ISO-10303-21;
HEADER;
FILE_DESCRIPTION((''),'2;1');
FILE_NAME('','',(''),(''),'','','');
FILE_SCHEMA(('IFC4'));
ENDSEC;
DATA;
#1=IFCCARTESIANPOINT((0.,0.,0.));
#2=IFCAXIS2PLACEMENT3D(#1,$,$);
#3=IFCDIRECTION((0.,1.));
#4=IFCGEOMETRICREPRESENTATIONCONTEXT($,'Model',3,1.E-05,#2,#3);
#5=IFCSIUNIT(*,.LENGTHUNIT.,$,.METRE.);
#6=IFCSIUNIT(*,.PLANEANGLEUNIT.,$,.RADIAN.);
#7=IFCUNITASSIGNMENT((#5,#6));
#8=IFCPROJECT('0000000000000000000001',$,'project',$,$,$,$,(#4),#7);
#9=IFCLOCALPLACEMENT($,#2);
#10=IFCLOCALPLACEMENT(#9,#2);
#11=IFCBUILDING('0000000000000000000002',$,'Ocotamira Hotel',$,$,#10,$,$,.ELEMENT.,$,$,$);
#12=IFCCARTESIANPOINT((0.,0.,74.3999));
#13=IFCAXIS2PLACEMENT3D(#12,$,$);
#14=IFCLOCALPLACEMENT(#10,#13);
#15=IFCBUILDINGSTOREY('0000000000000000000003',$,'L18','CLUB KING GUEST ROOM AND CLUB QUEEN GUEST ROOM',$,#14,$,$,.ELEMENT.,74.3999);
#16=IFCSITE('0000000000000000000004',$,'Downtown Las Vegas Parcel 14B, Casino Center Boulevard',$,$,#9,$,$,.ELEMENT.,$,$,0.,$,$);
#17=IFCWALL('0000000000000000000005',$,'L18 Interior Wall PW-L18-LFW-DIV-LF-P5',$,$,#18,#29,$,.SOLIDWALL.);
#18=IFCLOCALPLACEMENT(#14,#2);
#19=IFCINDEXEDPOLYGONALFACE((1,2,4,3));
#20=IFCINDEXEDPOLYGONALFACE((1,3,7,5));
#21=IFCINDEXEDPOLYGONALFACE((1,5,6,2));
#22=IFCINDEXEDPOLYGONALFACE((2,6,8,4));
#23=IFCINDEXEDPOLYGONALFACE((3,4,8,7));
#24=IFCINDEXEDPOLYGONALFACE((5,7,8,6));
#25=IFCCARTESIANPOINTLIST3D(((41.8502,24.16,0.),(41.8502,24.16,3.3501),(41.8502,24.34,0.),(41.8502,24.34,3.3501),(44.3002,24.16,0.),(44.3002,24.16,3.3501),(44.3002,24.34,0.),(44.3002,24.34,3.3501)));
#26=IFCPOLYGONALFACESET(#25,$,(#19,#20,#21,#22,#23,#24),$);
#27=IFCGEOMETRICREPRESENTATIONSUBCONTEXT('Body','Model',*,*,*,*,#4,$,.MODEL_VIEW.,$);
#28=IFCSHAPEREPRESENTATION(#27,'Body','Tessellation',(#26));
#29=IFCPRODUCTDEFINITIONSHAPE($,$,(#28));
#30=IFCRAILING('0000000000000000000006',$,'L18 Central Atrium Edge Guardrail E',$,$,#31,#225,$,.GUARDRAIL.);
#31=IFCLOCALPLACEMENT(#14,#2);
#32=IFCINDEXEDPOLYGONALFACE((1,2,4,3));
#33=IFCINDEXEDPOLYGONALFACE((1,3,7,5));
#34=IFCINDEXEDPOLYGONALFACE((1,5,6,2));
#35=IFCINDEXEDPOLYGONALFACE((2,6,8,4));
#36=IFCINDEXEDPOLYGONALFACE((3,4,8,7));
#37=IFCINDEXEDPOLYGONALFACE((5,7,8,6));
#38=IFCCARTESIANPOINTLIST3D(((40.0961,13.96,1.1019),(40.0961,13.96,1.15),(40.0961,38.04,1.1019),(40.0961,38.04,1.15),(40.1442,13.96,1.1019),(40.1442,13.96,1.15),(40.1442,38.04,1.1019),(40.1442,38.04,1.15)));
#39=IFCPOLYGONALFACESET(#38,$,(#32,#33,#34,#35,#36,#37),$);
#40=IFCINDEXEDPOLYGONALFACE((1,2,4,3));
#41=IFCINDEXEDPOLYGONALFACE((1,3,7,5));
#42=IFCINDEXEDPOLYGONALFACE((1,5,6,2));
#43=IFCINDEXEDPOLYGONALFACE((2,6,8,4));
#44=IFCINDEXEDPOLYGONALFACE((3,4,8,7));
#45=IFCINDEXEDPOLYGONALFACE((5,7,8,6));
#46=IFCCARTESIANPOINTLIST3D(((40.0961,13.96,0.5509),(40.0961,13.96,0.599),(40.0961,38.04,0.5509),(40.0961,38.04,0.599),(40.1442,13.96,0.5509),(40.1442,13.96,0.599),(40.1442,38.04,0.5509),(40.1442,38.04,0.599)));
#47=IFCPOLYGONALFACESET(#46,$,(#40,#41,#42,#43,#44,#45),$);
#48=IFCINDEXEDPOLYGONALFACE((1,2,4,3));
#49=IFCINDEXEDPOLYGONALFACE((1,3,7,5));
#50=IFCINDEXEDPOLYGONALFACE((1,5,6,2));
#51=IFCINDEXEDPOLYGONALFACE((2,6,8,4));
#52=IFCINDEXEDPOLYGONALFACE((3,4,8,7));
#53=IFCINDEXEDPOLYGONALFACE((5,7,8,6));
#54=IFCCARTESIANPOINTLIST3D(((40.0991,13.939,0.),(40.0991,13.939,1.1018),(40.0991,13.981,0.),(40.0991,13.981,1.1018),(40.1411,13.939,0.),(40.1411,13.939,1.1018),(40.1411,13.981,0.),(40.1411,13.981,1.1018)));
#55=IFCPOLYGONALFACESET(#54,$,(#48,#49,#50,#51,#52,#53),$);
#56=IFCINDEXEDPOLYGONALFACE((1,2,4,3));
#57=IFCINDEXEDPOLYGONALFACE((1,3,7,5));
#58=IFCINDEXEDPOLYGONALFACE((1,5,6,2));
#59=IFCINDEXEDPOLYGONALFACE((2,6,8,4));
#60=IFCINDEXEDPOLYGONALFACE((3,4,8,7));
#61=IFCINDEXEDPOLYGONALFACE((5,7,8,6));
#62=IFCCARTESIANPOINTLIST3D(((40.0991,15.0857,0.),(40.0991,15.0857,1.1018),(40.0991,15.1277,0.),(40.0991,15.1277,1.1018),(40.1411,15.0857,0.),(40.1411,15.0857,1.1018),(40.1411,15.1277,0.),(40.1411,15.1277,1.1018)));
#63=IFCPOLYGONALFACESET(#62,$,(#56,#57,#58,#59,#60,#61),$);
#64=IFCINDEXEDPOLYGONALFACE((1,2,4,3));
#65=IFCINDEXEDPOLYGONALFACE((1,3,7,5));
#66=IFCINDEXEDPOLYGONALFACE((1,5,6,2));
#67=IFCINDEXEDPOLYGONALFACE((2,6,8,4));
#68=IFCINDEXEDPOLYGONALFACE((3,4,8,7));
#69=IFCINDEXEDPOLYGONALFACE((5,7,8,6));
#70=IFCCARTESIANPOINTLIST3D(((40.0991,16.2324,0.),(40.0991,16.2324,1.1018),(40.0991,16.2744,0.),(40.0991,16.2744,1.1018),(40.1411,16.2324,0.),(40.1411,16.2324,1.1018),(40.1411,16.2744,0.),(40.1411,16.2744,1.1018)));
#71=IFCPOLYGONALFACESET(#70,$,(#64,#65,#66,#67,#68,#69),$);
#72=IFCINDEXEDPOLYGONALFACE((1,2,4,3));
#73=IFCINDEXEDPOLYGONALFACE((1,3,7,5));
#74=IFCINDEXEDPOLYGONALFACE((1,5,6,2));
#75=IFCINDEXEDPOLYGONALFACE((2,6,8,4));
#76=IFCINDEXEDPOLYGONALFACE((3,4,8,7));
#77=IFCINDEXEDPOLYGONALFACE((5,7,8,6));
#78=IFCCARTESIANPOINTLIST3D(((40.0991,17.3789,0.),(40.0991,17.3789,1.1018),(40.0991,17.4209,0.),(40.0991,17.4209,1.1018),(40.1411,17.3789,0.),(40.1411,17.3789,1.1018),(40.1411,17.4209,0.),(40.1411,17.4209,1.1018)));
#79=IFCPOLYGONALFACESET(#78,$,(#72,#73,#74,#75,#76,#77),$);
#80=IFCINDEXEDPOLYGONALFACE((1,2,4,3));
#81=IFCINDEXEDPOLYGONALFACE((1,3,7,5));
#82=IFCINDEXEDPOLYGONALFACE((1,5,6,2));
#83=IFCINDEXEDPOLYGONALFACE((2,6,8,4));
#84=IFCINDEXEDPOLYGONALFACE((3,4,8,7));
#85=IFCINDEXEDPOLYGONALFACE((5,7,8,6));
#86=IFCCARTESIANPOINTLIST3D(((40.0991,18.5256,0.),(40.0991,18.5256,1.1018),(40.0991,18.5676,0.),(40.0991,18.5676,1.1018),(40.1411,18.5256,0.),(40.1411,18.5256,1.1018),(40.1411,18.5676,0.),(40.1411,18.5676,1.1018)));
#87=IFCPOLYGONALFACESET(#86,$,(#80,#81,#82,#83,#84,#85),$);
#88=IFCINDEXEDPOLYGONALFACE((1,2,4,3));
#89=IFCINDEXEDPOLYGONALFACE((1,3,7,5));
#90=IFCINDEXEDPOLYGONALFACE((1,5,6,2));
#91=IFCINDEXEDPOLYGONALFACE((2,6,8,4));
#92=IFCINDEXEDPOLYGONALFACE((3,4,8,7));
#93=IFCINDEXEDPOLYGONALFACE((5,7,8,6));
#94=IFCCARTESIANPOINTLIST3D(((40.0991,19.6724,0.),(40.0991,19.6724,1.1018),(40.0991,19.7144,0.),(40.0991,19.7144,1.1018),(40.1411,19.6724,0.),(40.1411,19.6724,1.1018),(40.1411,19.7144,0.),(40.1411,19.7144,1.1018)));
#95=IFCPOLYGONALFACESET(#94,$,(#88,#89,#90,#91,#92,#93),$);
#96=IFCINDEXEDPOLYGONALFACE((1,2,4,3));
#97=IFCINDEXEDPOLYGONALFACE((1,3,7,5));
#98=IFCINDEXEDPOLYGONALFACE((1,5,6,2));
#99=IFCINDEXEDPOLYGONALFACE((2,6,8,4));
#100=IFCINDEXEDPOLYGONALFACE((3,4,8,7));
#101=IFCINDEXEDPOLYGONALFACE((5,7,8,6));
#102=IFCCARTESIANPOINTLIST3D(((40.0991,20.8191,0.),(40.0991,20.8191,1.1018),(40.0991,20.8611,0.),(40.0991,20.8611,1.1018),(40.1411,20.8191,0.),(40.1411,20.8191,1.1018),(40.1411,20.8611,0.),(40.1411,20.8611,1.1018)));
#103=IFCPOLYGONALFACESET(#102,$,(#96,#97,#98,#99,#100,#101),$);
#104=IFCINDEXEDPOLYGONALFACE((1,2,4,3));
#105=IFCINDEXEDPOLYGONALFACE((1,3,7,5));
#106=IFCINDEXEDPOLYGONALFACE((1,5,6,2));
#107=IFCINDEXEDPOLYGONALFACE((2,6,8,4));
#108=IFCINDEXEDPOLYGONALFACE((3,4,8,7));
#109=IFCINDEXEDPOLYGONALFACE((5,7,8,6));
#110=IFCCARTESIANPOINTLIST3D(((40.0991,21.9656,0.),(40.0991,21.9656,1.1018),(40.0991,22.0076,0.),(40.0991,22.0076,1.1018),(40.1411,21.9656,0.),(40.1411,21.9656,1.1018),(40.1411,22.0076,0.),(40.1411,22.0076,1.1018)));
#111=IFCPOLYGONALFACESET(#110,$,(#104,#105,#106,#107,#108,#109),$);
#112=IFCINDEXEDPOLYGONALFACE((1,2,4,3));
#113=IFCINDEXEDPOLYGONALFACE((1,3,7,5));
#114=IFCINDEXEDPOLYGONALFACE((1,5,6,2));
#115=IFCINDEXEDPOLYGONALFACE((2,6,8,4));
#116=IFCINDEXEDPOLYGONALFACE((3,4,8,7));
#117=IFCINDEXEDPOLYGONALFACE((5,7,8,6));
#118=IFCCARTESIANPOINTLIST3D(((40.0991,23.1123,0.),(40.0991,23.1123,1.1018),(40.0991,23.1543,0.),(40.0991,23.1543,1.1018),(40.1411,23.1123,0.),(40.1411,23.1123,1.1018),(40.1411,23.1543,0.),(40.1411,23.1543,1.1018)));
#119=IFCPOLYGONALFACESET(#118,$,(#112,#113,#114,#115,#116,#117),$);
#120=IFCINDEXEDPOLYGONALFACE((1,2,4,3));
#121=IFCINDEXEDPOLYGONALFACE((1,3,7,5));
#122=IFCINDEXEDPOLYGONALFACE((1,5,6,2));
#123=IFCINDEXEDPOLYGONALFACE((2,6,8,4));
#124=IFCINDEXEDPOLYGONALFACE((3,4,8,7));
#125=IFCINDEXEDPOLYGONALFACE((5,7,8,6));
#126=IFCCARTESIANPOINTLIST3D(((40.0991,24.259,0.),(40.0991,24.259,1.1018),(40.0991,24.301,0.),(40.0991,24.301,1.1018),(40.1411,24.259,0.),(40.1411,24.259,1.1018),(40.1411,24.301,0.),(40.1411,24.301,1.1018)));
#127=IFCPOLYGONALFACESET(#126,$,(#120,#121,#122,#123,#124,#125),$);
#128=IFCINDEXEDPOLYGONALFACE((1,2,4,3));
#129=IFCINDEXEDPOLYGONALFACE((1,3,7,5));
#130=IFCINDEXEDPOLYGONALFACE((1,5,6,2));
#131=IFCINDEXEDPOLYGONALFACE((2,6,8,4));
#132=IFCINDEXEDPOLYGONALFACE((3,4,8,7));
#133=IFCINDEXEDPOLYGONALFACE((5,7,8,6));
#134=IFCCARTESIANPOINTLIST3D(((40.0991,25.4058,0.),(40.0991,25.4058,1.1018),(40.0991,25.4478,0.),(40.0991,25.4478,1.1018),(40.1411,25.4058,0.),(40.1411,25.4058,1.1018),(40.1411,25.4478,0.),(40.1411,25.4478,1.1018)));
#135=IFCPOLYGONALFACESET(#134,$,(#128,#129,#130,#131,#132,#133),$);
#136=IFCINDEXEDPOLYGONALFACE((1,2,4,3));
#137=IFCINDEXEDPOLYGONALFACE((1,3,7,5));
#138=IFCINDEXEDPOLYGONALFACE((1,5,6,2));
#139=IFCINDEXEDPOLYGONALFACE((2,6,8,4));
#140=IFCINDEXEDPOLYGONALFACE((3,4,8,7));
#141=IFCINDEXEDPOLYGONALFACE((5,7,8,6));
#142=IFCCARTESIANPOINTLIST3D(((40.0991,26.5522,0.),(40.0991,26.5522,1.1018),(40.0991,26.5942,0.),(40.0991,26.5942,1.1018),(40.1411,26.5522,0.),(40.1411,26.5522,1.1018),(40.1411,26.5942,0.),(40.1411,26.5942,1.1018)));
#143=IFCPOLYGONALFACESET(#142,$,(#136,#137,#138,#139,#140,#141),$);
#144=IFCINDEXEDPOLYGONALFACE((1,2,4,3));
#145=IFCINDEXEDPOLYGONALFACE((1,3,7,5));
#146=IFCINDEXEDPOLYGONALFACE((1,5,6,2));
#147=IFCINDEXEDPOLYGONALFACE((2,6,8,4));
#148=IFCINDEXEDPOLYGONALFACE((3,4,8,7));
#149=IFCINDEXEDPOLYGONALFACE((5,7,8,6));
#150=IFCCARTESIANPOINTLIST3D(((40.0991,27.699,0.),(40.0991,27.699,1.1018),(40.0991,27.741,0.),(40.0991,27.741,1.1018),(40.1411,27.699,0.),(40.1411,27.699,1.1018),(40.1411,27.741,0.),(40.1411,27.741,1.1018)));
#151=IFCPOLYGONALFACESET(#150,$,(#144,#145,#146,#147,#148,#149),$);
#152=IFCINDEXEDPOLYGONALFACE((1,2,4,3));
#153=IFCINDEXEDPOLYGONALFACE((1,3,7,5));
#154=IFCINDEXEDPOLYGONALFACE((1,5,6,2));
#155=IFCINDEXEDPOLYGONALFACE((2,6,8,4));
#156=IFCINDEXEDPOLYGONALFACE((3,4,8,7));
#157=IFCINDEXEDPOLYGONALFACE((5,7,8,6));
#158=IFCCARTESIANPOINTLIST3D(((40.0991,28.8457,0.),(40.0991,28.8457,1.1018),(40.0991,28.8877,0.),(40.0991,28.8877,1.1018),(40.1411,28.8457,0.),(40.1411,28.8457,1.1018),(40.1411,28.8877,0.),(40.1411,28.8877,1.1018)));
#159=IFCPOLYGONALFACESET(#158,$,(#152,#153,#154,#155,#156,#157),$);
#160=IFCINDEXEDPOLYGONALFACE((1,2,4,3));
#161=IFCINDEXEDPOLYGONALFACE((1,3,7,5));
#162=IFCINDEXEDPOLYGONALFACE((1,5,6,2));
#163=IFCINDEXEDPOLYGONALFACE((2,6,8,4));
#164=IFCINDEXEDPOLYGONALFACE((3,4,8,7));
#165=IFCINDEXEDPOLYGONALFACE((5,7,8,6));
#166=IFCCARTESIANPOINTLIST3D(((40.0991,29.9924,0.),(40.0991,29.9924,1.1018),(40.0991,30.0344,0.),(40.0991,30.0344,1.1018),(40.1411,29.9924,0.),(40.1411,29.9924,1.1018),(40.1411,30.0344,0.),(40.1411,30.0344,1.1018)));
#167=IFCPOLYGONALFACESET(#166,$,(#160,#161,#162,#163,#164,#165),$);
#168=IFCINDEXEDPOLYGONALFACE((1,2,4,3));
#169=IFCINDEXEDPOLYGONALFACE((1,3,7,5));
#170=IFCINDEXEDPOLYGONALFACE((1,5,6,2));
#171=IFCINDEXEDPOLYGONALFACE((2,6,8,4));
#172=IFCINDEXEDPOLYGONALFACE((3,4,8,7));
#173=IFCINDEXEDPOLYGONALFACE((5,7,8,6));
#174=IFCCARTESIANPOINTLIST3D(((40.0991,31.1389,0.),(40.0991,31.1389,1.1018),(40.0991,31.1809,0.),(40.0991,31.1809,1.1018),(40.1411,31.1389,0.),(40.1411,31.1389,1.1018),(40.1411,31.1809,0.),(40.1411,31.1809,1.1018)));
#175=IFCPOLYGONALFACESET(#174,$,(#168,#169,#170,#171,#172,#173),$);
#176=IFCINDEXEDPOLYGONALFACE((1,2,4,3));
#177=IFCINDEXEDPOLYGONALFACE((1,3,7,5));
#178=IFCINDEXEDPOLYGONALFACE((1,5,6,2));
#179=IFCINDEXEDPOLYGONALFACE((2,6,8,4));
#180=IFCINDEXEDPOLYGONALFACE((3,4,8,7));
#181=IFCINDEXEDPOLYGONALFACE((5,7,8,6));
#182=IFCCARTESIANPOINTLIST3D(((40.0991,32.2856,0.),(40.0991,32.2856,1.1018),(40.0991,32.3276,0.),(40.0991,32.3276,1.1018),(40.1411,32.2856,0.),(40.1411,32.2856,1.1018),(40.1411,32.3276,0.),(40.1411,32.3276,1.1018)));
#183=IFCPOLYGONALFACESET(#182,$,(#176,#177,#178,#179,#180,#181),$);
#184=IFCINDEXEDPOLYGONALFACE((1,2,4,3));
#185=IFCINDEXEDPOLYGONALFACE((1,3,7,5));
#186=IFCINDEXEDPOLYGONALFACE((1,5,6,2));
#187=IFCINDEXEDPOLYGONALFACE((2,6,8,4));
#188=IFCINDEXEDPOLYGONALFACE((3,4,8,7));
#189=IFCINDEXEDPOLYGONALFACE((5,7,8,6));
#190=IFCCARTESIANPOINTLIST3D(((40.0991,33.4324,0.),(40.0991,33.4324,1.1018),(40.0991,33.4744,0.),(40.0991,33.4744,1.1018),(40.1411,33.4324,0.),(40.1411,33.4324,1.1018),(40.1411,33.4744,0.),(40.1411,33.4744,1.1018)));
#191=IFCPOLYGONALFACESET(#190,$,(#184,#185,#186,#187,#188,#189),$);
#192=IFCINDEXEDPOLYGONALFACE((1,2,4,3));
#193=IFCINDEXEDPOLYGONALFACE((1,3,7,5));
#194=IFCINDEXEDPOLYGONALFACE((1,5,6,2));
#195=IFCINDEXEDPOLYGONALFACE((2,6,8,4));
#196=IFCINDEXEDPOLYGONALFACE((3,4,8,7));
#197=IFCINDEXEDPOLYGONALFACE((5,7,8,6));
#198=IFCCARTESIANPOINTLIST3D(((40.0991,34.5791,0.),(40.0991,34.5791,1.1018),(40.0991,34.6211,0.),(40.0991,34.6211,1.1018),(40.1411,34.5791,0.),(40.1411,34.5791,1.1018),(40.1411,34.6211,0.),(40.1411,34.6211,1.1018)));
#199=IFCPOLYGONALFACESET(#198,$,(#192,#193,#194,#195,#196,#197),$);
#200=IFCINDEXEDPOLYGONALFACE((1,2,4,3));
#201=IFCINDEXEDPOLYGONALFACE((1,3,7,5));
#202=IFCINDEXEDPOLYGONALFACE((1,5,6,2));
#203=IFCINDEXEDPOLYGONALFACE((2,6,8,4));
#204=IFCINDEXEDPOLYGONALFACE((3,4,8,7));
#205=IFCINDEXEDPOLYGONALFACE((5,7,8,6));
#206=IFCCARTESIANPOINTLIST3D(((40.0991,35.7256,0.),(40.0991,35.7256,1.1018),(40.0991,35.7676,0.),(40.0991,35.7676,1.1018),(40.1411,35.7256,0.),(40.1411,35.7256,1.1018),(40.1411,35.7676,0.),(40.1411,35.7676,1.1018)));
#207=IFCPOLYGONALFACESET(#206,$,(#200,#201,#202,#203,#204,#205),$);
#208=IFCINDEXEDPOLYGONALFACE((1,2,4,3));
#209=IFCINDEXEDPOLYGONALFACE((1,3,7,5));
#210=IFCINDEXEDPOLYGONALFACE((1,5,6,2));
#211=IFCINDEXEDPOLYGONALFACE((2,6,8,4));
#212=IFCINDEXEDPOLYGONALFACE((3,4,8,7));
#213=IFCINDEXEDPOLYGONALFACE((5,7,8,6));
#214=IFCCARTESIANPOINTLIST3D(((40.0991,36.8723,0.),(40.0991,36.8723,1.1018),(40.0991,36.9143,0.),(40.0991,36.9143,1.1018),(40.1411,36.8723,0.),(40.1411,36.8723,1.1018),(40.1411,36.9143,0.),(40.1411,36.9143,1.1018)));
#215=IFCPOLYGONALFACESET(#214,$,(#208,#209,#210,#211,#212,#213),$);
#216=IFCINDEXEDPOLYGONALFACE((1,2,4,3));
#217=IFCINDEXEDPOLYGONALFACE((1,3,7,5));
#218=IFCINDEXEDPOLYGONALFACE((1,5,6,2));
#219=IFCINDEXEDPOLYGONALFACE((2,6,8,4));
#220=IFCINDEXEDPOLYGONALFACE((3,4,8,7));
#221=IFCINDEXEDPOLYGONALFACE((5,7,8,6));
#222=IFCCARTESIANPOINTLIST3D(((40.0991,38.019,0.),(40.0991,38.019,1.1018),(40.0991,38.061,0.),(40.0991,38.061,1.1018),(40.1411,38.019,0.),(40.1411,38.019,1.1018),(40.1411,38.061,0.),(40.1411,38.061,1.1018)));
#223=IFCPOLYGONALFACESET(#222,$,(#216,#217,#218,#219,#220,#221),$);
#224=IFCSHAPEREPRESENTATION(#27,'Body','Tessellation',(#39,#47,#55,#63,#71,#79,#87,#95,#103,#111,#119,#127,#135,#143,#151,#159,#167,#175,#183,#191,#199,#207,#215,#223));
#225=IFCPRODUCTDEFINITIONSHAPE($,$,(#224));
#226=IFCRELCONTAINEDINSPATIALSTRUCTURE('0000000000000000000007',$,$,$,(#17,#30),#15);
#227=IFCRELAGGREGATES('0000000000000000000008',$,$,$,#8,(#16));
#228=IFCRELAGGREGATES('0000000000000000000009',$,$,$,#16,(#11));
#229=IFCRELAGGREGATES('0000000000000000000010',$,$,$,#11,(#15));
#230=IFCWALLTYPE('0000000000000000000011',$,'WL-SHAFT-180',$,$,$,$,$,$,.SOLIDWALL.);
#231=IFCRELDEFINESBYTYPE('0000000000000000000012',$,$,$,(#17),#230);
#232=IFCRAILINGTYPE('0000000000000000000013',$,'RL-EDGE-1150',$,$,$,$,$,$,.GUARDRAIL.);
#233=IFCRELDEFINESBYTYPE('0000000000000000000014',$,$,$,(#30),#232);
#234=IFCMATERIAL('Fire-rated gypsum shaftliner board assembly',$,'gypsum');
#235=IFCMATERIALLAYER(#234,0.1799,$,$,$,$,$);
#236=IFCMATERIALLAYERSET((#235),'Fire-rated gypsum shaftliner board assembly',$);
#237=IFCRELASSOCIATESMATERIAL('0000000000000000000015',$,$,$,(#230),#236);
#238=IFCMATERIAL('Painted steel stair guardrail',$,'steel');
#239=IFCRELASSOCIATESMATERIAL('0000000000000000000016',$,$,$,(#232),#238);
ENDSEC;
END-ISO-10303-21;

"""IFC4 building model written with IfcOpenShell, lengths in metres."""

from ifc_helpers import new_model, si_unit, direction, frame, frame_2d, origin, origin_2d, place, context, subcontext, project, spatial, rectangle, extrude, material, layer, layer_set, type_object, element, save


model = new_model("IFC4")

# Units and contexts
model_context = context("Model", 3, precision=1e-05, world=origin(), true_north=direction((0.0, 1.0)))
body_context = subcontext(model_context, "Body", "Model", "MODEL_VIEW")
ifc_project = project(units=[si_unit("LENGTHUNIT", "METRE"), si_unit("PLANEANGLEUNIT", "RADIAN")], contexts=[model_context])

# Site, building, storey
site_placement = place(None, origin())
site = spatial("IfcSite", under=ifc_project, at=site_placement, Name="Downtown Las Vegas Parcel 14B, Casino Center Boulevard", CompositionType="ELEMENT", RefElevation=0.0)
building_placement = place(site_placement, origin())
building = spatial("IfcBuilding", under=site, at=building_placement, Name="Ocotamira Hotel", CompositionType="ELEMENT")
storey_placement = place(building_placement, frame((0.0, 0.0, 74.3999)))
storey = spatial("IfcBuildingStorey", under=building, at=storey_placement, Name="L18", Description="CLUB KING GUEST ROOM AND CLUB QUEEN GUEST ROOM", CompositionType="ELEMENT", Elevation=74.3999)

# Wall
ifc_material_1 = material(Name="Fire-rated gypsum shaftliner board assembly", Category="gypsum")
ifc_layer_1 = layer(ifc_material_1, 0.1799)
ifc_layer_set_1 = layer_set([ifc_layer_1], Name="Fire-rated gypsum shaftliner board assembly")
wall_type_1 = type_object("IfcWallType", Name="WL-SHAFT-180", PredefinedType="SOLIDWALL", material=ifc_layer_set_1)
for number, where, z_axis, x_axis, name in (
    (1, (41.8501, 24.25, 0.0), (0.0, 0.0, 1.0), (1.0, 0.0, 0.0), "L18 Interior Wall PW-L18-LFW-DIV-LF-P5"),
):
    element("IfcWall", number, at=place(storey_placement, frame(where, z_axis=z_axis, x_axis=x_axis)), inside=storey, type_object=wall_type_1, Name=name, PredefinedType="SOLIDWALL", context=body_context, shape_type="SweptSolid", body=[
        extrude(rectangle(XDim=2.45, YDim=0.1799, at=frame_2d((1.2251, 0.0))), origin(), (0.0, 0.0, 1.0), 3.3501),
    ])

# Railing
ifc_material_2 = material(Name="Painted steel stair guardrail", Category="steel")
railing_type = type_object("IfcRailingType", Name="RL-EDGE-1150", PredefinedType="GUARDRAIL", material=ifc_material_2)
railing_placement = place(storey_placement, frame((40.1201, 13.96, 0.0)))
element("IfcRailing", 2, at=railing_placement, inside=storey, type_object=railing_type, Name="L18 Central Atrium Edge Guardrail E", PredefinedType="GUARDRAIL", context=body_context, shape_type="SweptSolid", body=[
    extrude(rectangle(XDim=0.0481, YDim=0.0481, at=origin_2d()), frame((0.0, 0.0, 1.126), z_axis=(0.0, 1.0, 0.0), x_axis=(-1.0, 0.0, 0.0)), (0.0, 0.0, 1.0), 24.0801),
    extrude(rectangle(XDim=0.0481, YDim=0.0481, at=origin_2d()), frame((0.0, 0.0, 0.575), z_axis=(0.0, 1.0, 0.0), x_axis=(-1.0, 0.0, 0.0)), (0.0, 0.0, 1.0), 24.0801),
    extrude(rectangle(XDim=0.042, YDim=0.042, at=origin_2d()), origin(), (0.0, 0.0, 1.0), 1.1018),
    extrude(rectangle(XDim=0.042, YDim=0.042, at=origin_2d()), frame((0.0, 1.1467, 0.0)), (0.0, 0.0, 1.0), 1.1018),
    extrude(rectangle(XDim=0.042, YDim=0.042, at=origin_2d()), frame((0.0, 2.2935, 0.0)), (0.0, 0.0, 1.0), 1.1018),
    extrude(rectangle(XDim=0.042, YDim=0.042, at=origin_2d()), frame((0.0, 3.4399, 0.0)), (0.0, 0.0, 1.0), 1.1018),
    extrude(rectangle(XDim=0.042, YDim=0.042, at=origin_2d()), frame((0.0, 4.5867, 0.0)), (0.0, 0.0, 1.0), 1.1018),
    extrude(rectangle(XDim=0.042, YDim=0.042, at=origin_2d()), frame((0.0, 5.7334, 0.0)), (0.0, 0.0, 1.0), 1.1018),
    extrude(rectangle(XDim=0.042, YDim=0.042, at=origin_2d()), frame((0.0, 6.8801, 0.0)), (0.0, 0.0, 1.0), 1.1018),
    extrude(rectangle(XDim=0.042, YDim=0.042, at=origin_2d()), frame((0.0, 8.0266, 0.0)), (0.0, 0.0, 1.0), 1.1018),
    extrude(rectangle(XDim=0.042, YDim=0.042, at=origin_2d()), frame((0.0, 9.1733, 0.0)), (0.0, 0.0, 1.0), 1.1018),
    extrude(rectangle(XDim=0.042, YDim=0.042, at=origin_2d()), frame((0.0, 10.3201, 0.0)), (0.0, 0.0, 1.0), 1.1018),
    extrude(rectangle(XDim=0.042, YDim=0.042, at=origin_2d()), frame((0.0, 11.4668, 0.0)), (0.0, 0.0, 1.0), 1.1018),
    extrude(rectangle(XDim=0.042, YDim=0.042, at=origin_2d()), frame((0.0, 12.6133, 0.0)), (0.0, 0.0, 1.0), 1.1018),
    extrude(rectangle(XDim=0.042, YDim=0.042, at=origin_2d()), frame((0.0, 13.76, 0.0)), (0.0, 0.0, 1.0), 1.1018),
    extrude(rectangle(XDim=0.042, YDim=0.042, at=origin_2d()), frame((0.0, 14.9067, 0.0)), (0.0, 0.0, 1.0), 1.1018),
    extrude(rectangle(XDim=0.042, YDim=0.042, at=origin_2d()), frame((0.0, 16.0535, 0.0)), (0.0, 0.0, 1.0), 1.1018),
    extrude(rectangle(XDim=0.042, YDim=0.042, at=origin_2d()), frame((0.0, 17.2, 0.0)), (0.0, 0.0, 1.0), 1.1018),
    extrude(rectangle(XDim=0.042, YDim=0.042, at=origin_2d()), frame((0.0, 18.3467, 0.0)), (0.0, 0.0, 1.0), 1.1018),
    extrude(rectangle(XDim=0.042, YDim=0.042, at=origin_2d()), frame((0.0, 19.4934, 0.0)), (0.0, 0.0, 1.0), 1.1018),
    extrude(rectangle(XDim=0.042, YDim=0.042, at=origin_2d()), frame((0.0, 20.6401, 0.0)), (0.0, 0.0, 1.0), 1.1018),
    extrude(rectangle(XDim=0.042, YDim=0.042, at=origin_2d()), frame((0.0, 21.7866, 0.0)), (0.0, 0.0, 1.0), 1.1018),
    extrude(rectangle(XDim=0.042, YDim=0.042, at=origin_2d()), frame((0.0, 22.9333, 0.0)), (0.0, 0.0, 1.0), 1.1018),
    extrude(rectangle(XDim=0.042, YDim=0.042, at=origin_2d()), frame((0.0, 24.0801, 0.0)), (0.0, 0.0, 1.0), 1.1018),
])

save(model, "model.ifc")
